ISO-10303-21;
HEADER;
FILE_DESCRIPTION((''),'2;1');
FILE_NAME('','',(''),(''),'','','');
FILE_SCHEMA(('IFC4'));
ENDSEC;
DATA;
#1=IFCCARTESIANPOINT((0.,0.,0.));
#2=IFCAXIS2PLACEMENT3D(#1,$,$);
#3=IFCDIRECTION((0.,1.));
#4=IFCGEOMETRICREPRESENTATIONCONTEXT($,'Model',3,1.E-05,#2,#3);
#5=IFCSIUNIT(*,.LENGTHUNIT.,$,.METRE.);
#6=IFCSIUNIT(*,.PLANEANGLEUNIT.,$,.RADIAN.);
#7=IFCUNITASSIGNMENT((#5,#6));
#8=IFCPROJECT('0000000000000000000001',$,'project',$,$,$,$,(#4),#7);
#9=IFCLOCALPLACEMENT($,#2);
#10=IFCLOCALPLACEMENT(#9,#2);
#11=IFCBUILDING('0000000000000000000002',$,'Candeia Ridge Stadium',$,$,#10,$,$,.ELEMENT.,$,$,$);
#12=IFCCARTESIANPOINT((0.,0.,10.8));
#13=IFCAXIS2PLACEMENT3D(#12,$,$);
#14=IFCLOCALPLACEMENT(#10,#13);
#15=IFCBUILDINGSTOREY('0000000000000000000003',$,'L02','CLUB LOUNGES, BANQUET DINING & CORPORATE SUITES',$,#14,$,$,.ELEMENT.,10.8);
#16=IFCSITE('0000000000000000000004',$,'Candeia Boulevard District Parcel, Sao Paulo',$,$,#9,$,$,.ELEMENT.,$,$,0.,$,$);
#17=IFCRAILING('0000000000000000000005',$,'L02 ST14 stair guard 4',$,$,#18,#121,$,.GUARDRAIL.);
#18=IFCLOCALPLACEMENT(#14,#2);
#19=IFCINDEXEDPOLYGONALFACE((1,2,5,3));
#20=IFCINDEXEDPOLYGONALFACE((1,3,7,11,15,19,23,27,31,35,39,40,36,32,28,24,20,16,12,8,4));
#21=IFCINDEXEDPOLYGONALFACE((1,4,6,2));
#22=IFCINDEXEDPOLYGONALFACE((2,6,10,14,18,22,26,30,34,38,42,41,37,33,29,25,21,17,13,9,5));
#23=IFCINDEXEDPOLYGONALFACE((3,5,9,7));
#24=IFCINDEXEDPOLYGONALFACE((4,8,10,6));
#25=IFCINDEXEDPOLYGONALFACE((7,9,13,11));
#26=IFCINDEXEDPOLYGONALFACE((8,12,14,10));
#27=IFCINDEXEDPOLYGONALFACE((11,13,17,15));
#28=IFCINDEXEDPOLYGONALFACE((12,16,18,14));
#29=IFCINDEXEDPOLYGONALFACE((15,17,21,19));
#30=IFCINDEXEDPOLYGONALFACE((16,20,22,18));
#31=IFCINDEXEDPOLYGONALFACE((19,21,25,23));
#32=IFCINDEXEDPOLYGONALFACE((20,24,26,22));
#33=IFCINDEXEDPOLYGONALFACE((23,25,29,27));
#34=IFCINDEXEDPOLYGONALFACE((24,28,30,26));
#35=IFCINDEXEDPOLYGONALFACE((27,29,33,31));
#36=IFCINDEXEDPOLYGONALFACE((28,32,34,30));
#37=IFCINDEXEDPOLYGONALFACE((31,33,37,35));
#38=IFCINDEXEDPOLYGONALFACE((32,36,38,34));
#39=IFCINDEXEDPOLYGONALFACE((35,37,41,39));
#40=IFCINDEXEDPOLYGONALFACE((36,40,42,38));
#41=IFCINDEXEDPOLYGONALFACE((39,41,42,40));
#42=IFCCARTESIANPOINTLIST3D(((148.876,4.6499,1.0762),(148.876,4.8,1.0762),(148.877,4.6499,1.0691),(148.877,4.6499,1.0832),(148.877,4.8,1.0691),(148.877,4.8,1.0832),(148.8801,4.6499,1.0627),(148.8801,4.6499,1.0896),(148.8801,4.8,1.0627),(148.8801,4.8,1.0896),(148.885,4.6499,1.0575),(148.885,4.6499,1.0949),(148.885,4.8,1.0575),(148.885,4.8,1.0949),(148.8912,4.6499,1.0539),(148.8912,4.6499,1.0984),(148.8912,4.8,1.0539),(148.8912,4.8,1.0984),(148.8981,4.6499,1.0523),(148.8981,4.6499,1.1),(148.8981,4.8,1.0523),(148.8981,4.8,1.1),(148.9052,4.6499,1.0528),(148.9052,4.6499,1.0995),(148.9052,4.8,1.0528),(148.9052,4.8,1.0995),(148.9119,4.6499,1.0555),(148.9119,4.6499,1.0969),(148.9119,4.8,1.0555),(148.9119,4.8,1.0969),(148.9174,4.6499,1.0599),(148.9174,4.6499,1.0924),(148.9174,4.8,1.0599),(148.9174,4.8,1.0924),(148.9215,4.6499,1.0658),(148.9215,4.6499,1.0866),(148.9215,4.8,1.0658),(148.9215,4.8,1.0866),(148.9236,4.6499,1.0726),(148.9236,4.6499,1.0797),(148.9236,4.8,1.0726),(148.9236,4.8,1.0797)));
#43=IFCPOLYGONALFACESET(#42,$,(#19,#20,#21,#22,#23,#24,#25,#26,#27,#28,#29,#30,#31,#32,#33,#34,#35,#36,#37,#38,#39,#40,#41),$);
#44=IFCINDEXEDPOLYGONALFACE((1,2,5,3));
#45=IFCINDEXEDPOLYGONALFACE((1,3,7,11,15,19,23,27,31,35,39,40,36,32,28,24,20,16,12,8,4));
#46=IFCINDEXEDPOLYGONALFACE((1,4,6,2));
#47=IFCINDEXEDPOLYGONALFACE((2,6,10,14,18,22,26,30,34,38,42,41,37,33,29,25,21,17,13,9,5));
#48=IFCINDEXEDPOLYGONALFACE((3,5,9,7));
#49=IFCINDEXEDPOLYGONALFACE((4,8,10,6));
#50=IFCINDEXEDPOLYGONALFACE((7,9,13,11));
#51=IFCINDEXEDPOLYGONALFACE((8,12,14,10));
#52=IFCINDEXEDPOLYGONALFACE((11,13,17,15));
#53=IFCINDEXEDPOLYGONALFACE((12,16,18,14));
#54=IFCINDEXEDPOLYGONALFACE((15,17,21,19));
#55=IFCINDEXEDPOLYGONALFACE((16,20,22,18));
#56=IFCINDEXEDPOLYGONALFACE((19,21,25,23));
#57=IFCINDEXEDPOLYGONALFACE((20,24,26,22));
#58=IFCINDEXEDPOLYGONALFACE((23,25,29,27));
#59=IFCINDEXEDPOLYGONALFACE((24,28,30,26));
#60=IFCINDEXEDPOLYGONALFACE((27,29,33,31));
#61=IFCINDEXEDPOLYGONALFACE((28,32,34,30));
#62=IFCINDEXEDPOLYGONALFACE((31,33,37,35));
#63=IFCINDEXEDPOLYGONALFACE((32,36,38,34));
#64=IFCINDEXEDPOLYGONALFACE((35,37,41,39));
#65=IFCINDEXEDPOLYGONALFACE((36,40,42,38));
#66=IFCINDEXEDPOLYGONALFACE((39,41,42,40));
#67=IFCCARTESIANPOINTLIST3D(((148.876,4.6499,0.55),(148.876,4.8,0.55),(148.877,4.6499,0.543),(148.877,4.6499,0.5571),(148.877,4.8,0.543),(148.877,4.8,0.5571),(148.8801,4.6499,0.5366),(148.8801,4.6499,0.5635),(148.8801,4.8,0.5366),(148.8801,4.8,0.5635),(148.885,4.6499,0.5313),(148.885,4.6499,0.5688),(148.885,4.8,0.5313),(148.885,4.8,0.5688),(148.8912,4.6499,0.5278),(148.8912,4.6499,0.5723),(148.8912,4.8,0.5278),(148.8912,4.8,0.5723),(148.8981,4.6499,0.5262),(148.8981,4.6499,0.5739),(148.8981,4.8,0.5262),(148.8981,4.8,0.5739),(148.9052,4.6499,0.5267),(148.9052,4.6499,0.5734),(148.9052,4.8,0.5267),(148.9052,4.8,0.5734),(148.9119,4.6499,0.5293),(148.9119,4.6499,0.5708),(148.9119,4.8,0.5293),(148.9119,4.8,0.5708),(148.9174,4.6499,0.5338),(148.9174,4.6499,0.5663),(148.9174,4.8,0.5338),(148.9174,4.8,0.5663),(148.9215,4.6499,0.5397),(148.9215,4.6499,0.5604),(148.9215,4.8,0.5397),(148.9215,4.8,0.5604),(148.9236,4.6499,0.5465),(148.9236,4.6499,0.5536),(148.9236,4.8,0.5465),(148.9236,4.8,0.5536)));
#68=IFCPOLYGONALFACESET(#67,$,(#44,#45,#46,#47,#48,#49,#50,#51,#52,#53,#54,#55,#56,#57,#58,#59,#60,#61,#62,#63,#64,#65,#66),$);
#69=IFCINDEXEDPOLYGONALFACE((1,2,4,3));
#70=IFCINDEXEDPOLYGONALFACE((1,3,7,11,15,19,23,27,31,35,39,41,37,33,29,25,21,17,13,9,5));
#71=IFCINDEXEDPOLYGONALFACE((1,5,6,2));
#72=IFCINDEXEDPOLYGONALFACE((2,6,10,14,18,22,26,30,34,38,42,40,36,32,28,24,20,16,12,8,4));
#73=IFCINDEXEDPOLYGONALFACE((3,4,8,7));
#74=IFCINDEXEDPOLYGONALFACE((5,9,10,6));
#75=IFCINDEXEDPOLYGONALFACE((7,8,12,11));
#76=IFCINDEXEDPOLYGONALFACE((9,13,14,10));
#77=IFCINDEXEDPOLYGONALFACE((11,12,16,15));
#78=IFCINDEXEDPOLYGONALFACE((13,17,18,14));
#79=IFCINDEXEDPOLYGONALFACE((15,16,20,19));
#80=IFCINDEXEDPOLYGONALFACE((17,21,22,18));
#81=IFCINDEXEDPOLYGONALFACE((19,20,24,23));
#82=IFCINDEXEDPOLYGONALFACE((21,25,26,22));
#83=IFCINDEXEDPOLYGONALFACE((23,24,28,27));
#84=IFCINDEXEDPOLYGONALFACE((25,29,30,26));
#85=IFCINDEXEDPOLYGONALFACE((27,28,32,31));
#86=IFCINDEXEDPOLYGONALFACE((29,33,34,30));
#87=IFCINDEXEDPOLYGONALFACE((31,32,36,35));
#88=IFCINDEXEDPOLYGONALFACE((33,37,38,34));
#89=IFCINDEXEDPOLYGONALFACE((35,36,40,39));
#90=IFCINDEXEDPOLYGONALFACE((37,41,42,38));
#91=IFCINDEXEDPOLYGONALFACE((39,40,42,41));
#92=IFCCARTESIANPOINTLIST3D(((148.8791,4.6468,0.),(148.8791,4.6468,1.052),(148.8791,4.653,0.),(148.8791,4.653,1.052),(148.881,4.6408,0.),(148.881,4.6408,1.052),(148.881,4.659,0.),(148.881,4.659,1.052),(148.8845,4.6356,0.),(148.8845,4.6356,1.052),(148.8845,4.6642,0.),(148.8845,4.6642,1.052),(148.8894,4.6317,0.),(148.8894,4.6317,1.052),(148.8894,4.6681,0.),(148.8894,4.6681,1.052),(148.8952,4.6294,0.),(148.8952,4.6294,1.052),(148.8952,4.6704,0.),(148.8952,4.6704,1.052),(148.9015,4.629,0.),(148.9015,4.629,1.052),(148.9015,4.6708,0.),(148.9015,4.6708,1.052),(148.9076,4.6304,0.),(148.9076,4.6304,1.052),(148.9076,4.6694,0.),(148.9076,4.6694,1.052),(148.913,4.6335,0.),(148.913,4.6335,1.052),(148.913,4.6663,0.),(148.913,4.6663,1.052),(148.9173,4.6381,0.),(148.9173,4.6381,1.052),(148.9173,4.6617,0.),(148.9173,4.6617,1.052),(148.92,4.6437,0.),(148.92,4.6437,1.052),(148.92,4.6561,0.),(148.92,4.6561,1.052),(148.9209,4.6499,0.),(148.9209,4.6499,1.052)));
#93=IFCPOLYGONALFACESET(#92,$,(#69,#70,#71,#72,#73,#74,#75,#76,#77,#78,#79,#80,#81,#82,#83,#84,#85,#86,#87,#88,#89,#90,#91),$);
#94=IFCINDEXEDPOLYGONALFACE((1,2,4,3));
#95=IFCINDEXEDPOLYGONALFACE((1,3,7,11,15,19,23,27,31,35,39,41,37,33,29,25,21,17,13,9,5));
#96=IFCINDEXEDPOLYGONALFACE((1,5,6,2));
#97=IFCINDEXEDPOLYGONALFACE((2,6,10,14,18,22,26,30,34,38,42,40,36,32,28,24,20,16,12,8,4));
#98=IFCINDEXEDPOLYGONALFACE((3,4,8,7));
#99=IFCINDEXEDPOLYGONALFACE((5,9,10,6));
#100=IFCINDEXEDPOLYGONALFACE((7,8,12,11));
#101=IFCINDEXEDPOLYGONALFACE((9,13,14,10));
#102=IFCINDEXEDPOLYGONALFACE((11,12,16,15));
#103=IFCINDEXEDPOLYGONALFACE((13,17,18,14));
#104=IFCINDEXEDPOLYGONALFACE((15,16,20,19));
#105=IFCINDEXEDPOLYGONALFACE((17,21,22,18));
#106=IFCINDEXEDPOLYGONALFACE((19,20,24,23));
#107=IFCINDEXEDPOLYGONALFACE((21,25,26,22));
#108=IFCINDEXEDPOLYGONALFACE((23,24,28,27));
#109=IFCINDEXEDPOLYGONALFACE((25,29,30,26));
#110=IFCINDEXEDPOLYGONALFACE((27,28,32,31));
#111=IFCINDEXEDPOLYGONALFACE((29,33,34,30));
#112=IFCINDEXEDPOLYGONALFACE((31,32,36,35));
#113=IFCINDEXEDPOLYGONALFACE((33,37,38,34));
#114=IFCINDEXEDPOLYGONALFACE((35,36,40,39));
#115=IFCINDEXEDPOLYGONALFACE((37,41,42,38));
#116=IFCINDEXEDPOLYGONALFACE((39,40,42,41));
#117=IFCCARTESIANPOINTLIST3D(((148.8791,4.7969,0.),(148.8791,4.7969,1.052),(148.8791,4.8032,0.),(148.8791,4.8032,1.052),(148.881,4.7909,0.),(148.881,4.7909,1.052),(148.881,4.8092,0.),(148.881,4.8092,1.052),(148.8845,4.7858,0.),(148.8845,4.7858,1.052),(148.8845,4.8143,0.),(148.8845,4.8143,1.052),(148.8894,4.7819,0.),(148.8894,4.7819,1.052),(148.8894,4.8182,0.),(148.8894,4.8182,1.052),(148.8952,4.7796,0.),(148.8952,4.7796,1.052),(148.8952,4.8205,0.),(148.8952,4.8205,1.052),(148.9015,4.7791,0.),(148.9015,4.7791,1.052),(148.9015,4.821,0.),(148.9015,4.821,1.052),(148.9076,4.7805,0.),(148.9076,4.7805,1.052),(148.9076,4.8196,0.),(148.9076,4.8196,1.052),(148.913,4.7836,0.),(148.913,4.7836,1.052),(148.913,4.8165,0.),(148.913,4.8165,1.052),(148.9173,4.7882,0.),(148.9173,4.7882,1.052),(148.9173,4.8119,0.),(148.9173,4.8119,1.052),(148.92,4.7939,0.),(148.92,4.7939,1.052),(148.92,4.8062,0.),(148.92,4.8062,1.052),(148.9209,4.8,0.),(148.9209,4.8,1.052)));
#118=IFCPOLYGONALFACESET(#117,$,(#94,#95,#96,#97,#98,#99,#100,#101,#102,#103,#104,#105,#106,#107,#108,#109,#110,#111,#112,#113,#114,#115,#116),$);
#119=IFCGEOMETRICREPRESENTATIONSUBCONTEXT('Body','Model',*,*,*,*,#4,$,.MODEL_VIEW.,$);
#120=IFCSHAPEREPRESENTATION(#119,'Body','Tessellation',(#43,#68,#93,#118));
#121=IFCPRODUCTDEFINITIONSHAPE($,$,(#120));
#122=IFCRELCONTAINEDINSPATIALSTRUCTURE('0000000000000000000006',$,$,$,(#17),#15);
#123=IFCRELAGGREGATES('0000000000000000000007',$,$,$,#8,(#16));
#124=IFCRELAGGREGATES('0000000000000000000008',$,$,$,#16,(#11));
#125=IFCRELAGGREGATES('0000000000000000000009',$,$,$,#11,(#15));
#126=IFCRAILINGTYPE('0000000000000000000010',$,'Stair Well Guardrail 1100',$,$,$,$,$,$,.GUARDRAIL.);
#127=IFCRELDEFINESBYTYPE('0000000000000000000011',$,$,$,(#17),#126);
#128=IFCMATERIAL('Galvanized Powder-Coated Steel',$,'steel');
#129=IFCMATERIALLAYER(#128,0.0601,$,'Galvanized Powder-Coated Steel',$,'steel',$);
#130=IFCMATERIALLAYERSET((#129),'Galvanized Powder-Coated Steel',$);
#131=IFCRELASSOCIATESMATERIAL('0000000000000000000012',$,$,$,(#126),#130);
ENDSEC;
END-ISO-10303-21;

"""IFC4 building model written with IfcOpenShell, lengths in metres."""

from ifc_helpers import new_model, si_unit, direction, frame, origin, origin_2d, place, context, subcontext, project, spatial, circle, extrude, material, layer, layer_set, type_object, element, save


model = new_model("IFC4")

# Units and contexts
model_context = context("Model", 3, precision=1e-05, world=origin(), true_north=direction((0.0, 1.0)))
body_context = subcontext(model_context, "Body", "Model", "MODEL_VIEW")
ifc_project = project(units=[si_unit("LENGTHUNIT", "METRE"), si_unit("PLANEANGLEUNIT", "RADIAN")], contexts=[model_context])

# Site, building, storey
site_placement = place(None, origin())
site = spatial("IfcSite", under=ifc_project, at=site_placement, Name="Candeia Boulevard District Parcel, Sao Paulo", CompositionType="ELEMENT", RefElevation=0.0)
building_placement = place(site_placement, origin())
building = spatial("IfcBuilding", under=site, at=building_placement, Name="Candeia Ridge Stadium", CompositionType="ELEMENT")
storey_placement = place(building_placement, frame((0.0, 0.0, 10.8)))
storey = spatial("IfcBuildingStorey", under=building, at=storey_placement, Name="L02", Description="CLUB LOUNGES, BANQUET DINING & CORPORATE SUITES", CompositionType="ELEMENT", Elevation=10.8)

# Railing
ifc_material_1 = material(Name="Galvanized Powder-Coated Steel", Category="steel")
ifc_layer_1 = layer(ifc_material_1, 0.0601, Name="Galvanized Powder-Coated Steel", Category="steel")
ifc_layer_set_1 = layer_set([ifc_layer_1], Name="Galvanized Powder-Coated Steel")
railing_type_1 = type_object("IfcRailingType", Name="Stair Well Guardrail 1100", PredefinedType="GUARDRAIL", material=ifc_layer_set_1)
railing_1_placement = place(storey_placement, frame((148.8999, 4.6499, 0.0)))
element("IfcRailing", 1, at=railing_1_placement, inside=storey, type_object=railing_type_1, Name="L02 ST14 stair guard 4", PredefinedType="GUARDRAIL", context=body_context, shape_type="SweptSolid", body=[
    extrude(circle(Radius=0.0239, at=origin_2d()), frame((0.0, 0.0, 1.0762), z_axis=(0.0, 1.0, 0.0), x_axis=(-1.0, 0.0, 0.0)), (0.0, 0.0, 1.0), 0.1501),
    extrude(circle(Radius=0.0239, at=origin_2d()), frame((0.0, 0.0, 0.55), z_axis=(0.0, 1.0, 0.0), x_axis=(-1.0, 0.0, 0.0)), (0.0, 0.0, 1.0), 0.1501),
    extrude(circle(Radius=0.021, at=origin_2d()), origin(), (0.0, 0.0, 1.0), 1.052),
    extrude(circle(Radius=0.021, at=origin_2d()), frame((0.0, 0.1501, 0.0)), (0.0, 0.0, 1.0), 1.052),
])

save(model, "model.ifc")
